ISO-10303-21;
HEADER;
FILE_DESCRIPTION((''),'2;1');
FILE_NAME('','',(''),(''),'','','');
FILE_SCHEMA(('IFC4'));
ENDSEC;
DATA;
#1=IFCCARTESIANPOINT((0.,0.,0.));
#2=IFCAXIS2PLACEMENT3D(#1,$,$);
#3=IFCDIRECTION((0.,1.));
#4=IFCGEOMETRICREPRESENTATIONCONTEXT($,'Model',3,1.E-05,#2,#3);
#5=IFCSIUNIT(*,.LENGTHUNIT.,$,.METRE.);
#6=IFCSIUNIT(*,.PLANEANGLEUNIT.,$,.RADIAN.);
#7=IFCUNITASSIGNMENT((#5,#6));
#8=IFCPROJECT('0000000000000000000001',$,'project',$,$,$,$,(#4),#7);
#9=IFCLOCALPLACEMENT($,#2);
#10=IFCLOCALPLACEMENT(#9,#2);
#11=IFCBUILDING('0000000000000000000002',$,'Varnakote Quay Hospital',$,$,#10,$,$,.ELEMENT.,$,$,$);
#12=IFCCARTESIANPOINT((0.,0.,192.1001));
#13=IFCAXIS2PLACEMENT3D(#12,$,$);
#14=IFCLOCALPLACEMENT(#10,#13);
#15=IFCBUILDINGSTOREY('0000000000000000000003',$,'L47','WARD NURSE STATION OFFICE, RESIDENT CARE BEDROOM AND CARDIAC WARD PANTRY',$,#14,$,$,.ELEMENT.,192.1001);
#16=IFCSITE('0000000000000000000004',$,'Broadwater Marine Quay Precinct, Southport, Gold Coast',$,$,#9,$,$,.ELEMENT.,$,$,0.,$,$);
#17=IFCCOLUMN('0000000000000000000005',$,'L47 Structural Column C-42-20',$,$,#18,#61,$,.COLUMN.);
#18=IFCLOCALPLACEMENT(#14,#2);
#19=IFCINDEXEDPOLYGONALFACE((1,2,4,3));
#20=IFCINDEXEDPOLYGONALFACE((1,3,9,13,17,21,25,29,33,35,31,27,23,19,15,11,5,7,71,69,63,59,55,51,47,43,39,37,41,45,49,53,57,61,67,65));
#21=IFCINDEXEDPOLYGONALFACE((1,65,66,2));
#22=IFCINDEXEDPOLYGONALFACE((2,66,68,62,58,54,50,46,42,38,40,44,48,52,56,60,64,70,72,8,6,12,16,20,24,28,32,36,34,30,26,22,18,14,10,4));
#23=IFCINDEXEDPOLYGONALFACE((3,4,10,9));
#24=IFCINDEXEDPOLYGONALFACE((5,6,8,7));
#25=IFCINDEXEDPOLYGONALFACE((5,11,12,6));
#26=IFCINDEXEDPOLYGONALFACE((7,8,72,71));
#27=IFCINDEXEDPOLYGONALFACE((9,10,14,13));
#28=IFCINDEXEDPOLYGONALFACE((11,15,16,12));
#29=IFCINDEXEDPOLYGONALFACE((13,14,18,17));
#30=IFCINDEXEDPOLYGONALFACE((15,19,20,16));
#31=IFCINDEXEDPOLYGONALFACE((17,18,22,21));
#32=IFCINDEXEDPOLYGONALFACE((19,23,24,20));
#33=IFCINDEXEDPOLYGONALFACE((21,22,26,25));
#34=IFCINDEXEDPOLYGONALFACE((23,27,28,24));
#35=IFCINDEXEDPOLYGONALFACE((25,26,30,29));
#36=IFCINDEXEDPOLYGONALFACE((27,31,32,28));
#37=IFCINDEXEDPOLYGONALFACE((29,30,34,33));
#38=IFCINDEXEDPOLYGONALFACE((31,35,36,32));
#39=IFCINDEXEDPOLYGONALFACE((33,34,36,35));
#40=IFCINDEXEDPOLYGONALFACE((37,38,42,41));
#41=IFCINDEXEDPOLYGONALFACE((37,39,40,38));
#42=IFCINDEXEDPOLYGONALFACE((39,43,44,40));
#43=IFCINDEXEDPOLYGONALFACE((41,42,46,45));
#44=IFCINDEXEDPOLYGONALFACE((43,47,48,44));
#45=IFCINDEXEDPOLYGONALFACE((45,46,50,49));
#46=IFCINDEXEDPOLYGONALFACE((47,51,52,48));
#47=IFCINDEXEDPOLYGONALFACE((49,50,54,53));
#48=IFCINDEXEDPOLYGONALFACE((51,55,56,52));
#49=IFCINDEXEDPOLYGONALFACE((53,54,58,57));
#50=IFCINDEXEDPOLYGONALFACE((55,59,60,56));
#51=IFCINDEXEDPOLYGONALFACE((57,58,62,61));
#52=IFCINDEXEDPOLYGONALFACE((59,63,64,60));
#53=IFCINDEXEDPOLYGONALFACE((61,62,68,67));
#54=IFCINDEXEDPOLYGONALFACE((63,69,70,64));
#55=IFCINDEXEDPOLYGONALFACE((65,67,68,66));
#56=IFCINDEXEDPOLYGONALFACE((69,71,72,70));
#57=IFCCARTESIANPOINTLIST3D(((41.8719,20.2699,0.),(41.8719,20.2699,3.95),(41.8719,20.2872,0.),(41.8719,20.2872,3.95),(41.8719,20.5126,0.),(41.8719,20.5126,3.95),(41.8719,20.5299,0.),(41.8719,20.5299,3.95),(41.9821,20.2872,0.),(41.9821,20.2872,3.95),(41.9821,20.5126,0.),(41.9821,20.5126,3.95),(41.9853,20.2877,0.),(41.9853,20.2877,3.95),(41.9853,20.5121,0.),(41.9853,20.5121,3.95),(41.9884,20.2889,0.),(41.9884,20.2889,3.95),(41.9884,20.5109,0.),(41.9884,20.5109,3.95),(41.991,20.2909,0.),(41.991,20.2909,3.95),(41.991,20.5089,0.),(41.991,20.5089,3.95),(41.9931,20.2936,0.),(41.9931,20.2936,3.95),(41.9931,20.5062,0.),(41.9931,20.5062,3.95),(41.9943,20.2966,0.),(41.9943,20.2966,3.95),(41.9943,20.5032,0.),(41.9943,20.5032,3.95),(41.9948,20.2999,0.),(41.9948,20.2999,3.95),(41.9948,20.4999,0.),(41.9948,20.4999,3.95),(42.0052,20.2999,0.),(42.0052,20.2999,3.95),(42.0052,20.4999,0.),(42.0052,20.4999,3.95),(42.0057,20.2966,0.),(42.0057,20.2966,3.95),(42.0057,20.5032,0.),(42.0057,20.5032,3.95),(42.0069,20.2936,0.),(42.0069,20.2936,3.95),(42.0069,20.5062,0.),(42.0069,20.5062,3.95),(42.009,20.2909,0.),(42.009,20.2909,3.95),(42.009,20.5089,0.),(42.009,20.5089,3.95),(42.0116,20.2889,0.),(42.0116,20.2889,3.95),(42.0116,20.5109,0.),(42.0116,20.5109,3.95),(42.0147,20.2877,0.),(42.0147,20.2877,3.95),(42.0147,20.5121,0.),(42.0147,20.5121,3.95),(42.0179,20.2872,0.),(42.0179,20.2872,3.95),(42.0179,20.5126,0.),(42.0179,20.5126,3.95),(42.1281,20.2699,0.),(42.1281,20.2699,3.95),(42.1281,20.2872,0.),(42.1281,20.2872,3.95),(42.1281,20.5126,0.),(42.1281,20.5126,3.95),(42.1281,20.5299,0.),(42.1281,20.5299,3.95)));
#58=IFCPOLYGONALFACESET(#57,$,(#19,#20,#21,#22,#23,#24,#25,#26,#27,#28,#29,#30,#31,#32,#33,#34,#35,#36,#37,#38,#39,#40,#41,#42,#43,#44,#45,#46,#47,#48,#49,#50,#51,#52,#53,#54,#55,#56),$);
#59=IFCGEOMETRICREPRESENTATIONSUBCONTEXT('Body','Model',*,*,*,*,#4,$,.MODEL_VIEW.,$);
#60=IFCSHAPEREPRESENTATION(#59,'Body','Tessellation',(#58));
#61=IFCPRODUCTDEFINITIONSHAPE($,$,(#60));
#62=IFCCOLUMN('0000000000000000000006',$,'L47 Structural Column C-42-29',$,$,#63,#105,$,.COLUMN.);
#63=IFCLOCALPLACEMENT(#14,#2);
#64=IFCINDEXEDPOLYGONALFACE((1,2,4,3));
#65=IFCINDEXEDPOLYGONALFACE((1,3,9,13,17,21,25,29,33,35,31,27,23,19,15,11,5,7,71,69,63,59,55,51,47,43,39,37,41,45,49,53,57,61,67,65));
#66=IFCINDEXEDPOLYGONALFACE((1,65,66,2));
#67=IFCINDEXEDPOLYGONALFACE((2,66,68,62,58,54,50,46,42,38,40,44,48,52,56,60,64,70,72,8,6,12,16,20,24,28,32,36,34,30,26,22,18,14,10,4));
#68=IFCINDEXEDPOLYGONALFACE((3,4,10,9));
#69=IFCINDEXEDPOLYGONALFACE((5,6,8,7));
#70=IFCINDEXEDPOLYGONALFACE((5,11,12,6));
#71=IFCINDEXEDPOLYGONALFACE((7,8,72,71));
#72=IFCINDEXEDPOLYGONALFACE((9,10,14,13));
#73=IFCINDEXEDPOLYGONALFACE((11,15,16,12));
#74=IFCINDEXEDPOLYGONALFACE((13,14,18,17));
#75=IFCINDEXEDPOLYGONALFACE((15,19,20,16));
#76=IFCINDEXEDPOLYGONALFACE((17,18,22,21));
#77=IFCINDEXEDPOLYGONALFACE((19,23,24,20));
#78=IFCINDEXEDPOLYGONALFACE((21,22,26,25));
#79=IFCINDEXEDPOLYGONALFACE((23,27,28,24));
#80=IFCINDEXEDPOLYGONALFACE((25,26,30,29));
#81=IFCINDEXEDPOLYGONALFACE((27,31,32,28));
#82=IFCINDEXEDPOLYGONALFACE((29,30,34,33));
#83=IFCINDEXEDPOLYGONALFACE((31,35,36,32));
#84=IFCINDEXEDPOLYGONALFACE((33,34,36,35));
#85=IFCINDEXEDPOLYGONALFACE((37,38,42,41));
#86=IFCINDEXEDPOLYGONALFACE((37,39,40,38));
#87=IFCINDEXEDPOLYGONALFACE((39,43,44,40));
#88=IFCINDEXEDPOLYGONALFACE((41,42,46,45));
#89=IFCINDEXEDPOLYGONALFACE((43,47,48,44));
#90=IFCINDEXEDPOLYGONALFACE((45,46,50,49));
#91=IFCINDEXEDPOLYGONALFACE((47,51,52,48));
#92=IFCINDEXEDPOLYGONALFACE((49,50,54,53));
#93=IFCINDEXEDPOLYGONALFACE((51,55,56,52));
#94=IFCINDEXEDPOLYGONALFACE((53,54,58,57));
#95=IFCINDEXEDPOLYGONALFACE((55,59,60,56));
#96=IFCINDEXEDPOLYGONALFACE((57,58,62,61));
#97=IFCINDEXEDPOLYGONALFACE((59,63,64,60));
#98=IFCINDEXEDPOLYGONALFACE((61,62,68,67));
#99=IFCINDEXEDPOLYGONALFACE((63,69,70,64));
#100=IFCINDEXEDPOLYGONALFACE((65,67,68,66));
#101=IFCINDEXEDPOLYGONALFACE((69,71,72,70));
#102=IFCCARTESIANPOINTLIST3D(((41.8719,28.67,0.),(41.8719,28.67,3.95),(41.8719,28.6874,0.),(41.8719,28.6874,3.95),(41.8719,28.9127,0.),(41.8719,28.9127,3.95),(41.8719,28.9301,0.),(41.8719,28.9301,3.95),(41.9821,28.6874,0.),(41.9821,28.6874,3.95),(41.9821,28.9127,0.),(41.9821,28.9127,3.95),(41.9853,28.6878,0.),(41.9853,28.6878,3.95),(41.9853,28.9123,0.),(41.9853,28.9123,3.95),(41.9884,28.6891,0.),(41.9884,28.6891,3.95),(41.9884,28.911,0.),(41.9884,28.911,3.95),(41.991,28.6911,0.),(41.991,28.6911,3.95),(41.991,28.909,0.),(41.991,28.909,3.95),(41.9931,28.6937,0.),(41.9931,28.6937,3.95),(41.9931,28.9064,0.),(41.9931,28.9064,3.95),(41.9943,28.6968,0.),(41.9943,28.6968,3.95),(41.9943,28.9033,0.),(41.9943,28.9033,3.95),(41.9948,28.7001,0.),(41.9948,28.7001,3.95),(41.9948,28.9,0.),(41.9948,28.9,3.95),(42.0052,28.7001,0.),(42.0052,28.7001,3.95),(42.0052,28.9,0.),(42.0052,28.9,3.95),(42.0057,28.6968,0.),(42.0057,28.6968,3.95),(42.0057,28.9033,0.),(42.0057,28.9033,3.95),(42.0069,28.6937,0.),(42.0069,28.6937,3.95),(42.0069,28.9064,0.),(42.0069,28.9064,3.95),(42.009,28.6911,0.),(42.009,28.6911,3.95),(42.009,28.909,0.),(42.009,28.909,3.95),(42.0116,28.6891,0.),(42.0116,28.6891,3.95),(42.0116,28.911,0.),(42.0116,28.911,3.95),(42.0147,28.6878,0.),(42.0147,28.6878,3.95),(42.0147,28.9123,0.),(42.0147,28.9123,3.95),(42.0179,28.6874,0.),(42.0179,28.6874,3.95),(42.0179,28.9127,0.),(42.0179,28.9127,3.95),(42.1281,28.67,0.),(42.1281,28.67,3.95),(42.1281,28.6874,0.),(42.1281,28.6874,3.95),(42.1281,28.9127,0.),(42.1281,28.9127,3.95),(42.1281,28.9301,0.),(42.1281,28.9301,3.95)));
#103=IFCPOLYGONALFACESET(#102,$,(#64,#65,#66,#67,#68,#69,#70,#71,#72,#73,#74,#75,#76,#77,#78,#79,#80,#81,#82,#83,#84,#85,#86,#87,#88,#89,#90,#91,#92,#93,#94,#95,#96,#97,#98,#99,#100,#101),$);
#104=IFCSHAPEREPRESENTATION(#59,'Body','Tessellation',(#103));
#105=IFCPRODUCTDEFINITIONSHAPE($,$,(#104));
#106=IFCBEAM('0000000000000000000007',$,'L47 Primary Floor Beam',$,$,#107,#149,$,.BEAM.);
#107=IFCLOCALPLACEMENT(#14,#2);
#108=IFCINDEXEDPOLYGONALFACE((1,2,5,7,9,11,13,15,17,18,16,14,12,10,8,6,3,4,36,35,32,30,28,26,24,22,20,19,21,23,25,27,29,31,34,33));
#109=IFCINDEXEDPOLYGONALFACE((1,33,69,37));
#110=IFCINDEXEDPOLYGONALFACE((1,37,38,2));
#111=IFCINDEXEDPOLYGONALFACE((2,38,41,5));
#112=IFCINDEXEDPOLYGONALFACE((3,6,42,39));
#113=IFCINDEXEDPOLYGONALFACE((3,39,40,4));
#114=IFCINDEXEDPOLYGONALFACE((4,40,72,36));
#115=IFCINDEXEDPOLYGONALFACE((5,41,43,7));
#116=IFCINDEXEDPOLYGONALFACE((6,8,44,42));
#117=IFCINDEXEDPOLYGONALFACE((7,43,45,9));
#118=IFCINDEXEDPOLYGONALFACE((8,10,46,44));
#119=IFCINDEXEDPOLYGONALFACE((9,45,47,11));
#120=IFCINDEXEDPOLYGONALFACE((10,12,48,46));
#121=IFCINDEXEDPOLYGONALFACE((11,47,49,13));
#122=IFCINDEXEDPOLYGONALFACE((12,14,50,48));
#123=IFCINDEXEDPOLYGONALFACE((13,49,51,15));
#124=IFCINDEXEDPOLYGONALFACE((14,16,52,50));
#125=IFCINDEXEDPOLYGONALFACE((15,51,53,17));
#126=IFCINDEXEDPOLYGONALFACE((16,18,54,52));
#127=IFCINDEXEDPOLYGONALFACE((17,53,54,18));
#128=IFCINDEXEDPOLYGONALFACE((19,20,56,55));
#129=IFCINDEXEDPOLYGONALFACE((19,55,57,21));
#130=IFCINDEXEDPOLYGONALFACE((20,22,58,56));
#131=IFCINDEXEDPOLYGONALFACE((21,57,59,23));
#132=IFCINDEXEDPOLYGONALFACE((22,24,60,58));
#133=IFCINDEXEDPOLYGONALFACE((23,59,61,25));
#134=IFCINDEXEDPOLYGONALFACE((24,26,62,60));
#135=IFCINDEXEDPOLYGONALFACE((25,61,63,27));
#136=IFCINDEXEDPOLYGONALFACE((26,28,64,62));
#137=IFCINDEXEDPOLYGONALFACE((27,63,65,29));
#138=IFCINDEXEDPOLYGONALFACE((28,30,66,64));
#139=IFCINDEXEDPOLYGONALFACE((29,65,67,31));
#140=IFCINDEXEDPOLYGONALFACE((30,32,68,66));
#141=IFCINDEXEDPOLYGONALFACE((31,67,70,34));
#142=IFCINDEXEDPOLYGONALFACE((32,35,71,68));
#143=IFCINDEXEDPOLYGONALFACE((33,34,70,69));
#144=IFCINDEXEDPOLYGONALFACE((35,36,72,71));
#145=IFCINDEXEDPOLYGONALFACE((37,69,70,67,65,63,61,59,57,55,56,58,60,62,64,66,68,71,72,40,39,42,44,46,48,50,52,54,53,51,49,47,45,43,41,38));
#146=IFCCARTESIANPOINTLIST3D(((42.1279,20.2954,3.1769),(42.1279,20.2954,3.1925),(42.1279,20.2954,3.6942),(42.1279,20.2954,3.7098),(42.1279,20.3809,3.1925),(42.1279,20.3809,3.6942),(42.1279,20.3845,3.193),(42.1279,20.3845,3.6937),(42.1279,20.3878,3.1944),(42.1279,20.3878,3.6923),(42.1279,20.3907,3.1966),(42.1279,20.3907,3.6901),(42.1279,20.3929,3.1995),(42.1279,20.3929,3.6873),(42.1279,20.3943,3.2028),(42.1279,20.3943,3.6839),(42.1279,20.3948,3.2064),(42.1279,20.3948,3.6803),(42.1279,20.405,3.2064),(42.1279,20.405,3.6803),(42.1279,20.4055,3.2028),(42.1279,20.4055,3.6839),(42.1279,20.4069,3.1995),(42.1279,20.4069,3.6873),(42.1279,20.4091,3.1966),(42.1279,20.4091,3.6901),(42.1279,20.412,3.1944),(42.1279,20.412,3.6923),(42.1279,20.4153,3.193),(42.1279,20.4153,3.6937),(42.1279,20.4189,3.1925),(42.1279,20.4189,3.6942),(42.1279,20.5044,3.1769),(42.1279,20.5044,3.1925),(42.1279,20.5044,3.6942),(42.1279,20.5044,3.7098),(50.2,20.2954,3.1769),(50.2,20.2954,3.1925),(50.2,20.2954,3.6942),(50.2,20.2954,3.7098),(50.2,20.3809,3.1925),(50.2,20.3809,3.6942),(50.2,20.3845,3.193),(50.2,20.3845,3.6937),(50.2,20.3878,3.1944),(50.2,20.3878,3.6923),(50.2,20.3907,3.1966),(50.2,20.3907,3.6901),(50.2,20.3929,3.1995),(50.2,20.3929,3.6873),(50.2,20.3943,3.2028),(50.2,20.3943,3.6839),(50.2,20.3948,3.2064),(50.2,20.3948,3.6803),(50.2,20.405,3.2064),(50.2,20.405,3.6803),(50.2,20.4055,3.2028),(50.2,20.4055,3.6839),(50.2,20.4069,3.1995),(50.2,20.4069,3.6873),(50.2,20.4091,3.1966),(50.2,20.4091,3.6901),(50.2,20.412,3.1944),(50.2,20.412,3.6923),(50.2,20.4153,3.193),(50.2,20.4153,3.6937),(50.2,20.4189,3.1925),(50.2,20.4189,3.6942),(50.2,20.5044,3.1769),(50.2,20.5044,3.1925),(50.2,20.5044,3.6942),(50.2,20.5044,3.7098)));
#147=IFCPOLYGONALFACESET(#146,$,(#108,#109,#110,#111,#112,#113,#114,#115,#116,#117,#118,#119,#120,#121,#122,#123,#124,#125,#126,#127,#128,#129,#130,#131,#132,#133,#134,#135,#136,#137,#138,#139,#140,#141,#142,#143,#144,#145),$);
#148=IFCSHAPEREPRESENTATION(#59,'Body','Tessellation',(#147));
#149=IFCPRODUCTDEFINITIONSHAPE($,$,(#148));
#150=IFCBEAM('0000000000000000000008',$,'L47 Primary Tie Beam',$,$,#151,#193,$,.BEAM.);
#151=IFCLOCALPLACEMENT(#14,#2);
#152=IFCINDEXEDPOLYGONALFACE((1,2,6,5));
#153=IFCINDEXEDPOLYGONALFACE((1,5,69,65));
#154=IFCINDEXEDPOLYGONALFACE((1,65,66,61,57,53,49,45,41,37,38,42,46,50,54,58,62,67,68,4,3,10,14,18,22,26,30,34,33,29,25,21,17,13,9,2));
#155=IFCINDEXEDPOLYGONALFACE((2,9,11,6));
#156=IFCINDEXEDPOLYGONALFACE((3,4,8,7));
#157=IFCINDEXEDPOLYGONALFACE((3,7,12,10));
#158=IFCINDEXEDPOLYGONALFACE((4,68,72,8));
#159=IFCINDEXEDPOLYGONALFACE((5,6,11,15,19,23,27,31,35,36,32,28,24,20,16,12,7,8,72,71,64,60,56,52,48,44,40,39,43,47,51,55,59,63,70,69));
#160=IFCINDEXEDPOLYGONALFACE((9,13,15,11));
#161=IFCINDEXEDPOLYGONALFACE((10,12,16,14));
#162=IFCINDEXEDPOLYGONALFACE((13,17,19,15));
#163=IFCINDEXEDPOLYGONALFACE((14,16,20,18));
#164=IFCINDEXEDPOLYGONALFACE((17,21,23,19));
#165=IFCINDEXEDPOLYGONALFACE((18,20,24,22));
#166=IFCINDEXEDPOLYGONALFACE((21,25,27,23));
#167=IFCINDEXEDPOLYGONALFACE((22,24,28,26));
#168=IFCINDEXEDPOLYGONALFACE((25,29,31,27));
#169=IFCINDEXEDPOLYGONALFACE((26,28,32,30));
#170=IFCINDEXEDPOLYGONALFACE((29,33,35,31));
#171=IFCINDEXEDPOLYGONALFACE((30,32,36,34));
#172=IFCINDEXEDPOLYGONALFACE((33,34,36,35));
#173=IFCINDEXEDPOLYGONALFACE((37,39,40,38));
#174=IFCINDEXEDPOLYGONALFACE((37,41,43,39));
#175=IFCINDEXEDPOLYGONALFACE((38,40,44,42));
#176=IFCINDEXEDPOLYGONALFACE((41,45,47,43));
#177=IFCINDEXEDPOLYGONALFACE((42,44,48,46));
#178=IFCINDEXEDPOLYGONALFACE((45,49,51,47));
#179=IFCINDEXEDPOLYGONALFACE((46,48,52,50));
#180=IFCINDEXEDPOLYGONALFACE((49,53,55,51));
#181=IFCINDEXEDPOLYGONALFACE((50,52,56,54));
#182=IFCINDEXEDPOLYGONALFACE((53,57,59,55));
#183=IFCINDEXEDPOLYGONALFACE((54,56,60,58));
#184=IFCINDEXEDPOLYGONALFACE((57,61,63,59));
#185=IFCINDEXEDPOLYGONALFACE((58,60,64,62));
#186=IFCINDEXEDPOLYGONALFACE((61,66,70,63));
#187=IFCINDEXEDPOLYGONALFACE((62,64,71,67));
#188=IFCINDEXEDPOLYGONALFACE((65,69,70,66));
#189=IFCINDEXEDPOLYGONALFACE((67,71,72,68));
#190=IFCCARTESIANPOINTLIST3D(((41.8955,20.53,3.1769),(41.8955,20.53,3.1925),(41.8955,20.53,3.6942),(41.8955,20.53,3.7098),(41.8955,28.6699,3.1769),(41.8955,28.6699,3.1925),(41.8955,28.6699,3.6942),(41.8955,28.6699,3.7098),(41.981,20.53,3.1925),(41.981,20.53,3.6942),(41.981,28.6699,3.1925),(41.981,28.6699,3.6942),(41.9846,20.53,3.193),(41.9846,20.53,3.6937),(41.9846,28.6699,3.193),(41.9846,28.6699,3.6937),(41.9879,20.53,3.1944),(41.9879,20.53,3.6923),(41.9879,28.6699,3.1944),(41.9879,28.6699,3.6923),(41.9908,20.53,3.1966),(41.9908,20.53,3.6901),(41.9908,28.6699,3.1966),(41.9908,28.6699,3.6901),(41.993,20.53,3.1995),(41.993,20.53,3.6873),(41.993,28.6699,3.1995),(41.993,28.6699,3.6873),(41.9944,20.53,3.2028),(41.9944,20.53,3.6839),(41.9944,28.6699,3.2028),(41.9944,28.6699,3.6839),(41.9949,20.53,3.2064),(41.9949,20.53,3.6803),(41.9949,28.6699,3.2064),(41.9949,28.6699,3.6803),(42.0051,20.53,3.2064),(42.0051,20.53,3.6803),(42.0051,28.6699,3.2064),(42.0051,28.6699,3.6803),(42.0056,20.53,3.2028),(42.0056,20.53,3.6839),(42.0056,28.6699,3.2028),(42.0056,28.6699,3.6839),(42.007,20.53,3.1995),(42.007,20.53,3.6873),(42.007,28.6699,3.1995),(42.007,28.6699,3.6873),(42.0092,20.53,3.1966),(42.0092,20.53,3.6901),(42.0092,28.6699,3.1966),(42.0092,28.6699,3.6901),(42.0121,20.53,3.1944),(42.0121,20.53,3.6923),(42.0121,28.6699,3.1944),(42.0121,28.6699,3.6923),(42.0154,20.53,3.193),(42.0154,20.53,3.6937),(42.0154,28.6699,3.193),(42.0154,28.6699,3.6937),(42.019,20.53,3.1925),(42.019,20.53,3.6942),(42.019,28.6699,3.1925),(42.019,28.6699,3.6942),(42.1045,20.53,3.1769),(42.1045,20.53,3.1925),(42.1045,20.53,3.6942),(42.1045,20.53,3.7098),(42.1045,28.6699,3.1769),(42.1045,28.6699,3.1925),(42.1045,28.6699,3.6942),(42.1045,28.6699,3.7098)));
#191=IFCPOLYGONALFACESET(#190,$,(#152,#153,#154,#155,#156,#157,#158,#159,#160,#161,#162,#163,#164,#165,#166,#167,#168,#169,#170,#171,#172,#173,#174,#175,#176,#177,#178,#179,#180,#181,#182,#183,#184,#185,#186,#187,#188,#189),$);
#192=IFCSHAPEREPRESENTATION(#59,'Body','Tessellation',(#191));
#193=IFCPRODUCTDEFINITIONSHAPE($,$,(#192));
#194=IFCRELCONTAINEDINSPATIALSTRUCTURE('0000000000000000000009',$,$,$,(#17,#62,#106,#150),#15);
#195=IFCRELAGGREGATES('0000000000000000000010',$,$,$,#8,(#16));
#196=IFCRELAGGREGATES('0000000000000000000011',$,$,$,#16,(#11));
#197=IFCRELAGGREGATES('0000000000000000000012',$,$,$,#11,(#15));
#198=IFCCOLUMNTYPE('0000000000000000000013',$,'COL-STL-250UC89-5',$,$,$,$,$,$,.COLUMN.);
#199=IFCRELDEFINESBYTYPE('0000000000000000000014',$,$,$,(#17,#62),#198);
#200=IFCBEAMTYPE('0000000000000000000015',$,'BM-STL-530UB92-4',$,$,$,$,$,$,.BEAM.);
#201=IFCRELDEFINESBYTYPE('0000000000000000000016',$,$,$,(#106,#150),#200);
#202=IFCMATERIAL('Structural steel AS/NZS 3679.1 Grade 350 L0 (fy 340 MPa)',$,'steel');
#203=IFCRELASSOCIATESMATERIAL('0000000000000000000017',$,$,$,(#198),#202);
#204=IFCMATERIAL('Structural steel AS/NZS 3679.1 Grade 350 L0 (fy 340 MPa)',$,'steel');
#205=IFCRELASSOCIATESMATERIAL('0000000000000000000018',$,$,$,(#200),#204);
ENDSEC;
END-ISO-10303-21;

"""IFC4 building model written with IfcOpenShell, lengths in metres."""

from ifc_helpers import new_model, si_unit, direction, frame, origin, origin_2d, place, context, subcontext, project, spatial, i_section, extrude, material, material_profile, profile_set, type_object, element, save


model = new_model("IFC4")

# Units and contexts
model_context = context("Model", 3, precision=1e-05, world=origin(), true_north=direction((0.0, 1.0)))
body_context = subcontext(model_context, "Body", "Model", "MODEL_VIEW")
ifc_project = project(units=[si_unit("LENGTHUNIT", "METRE"), si_unit("PLANEANGLEUNIT", "RADIAN")], contexts=[model_context])

# Site, building, storey
site_placement = place(None, origin())
site = spatial("IfcSite", under=ifc_project, at=site_placement, Name="Broadwater Marine Quay Precinct, Southport, Gold Coast", CompositionType="ELEMENT", RefElevation=0.0)
building_placement = place(site_placement, origin())
building = spatial("IfcBuilding", under=site, at=building_placement, Name="Varnakote Quay Hospital", CompositionType="ELEMENT")
storey_placement = place(building_placement, frame((0.0, 0.0, 192.1001)))
storey = spatial("IfcBuildingStorey", under=building, at=storey_placement, Name="L47", Description="WARD NURSE STATION OFFICE, RESIDENT CARE BEDROOM AND CARDIAC WARD PANTRY", CompositionType="ELEMENT", Elevation=192.1001)

# Columns
ifc_material_1 = material(Name="Structural steel AS/NZS 3679.1 Grade 350 L0 (fy 340 MPa)", Category="steel")
ifc_material_profile_1 = material_profile(ifc_material_1, i_section(OverallWidth=0.2561, OverallDepth=0.26, WebThickness=0.0105, FlangeThickness=0.0173, FilletRadius=0.0127, at=origin_2d()), Name="250UC89.5")
ifc_profile_set_1 = profile_set([ifc_material_profile_1], Name="Structural steel AS/NZS 3679.1 Grade 350 L0 (fy 340 MPa)")
column_type = type_object("IfcColumnType", Name="COL-STL-250UC89-5", PredefinedType="COLUMN", material=ifc_profile_set_1)
for number, where, z_axis, x_axis, name in (
    (1, (42.0, 20.3999, 0.0), (0.0, 0.0, 1.0), (1.0, 0.0, 0.0), "L47 Structural Column C-42-20"),
    (2, (42.0, 28.8, 0.0), (0.0, 0.0, 1.0), (1.0, 0.0, 0.0), "L47 Structural Column C-42-29"),
):
    element("IfcColumn", number, at=place(storey_placement, frame(where, z_axis=z_axis, x_axis=x_axis)), inside=storey, type_object=column_type, Name=name, PredefinedType="COLUMN", context=body_context, shape_type="SweptSolid", body=[
        extrude(i_section(OverallWidth=0.2561, OverallDepth=0.26, WebThickness=0.0105, FlangeThickness=0.0173, FilletRadius=0.0127, at=origin_2d()), origin(), (0.0, 0.0, 1.0), 3.95),
    ])

# Beams
ifc_material_2 = material(Name="Structural steel AS/NZS 3679.1 Grade 350 L0 (fy 340 MPa)", Category="steel")
ifc_material_profile_2 = material_profile(ifc_material_2, i_section(OverallWidth=0.209, OverallDepth=0.533, WebThickness=0.0103, FlangeThickness=0.0156, FilletRadius=0.0139, at=origin_2d()), Name="530UB92.4")
ifc_profile_set_2 = profile_set([ifc_material_profile_2], Name="Structural steel AS/NZS 3679.1 Grade 350 L0 (fy 340 MPa)")
beam_type = type_object("IfcBeamType", Name="BM-STL-530UB92-4", PredefinedType="BEAM", material=ifc_profile_set_2)
beam_1_placement = place(storey_placement, frame((42.1279, 20.3999, 3.4434), z_axis=(1.0, 0.0, 0.0), x_axis=(0.0, 1.0, 0.0)))
element("IfcBeam", 3, at=beam_1_placement, inside=storey, type_object=beam_type, Name="L47 Primary Floor Beam", PredefinedType="BEAM", context=body_context, shape_type="SweptSolid", body=[
    extrude(i_section(OverallWidth=0.209, OverallDepth=0.533, WebThickness=0.0103, FlangeThickness=0.0156, FilletRadius=0.0139, at=origin_2d()), origin(), (0.0, 0.0, 1.0), 8.072),
])
beam_2_placement = place(storey_placement, frame((42.0, 20.53, 3.4434), z_axis=(0.0, 1.0, 0.0), x_axis=(-1.0, 0.0, 0.0)))
element("IfcBeam", 4, at=beam_2_placement, inside=storey, type_object=beam_type, Name="L47 Primary Tie Beam", PredefinedType="BEAM", context=body_context, shape_type="SweptSolid", body=[
    extrude(i_section(OverallWidth=0.209, OverallDepth=0.533, WebThickness=0.0103, FlangeThickness=0.0156, FilletRadius=0.0139, at=origin_2d()), origin(), (0.0, 0.0, 1.0), 8.1399),
])

save(model, "model.ifc")
